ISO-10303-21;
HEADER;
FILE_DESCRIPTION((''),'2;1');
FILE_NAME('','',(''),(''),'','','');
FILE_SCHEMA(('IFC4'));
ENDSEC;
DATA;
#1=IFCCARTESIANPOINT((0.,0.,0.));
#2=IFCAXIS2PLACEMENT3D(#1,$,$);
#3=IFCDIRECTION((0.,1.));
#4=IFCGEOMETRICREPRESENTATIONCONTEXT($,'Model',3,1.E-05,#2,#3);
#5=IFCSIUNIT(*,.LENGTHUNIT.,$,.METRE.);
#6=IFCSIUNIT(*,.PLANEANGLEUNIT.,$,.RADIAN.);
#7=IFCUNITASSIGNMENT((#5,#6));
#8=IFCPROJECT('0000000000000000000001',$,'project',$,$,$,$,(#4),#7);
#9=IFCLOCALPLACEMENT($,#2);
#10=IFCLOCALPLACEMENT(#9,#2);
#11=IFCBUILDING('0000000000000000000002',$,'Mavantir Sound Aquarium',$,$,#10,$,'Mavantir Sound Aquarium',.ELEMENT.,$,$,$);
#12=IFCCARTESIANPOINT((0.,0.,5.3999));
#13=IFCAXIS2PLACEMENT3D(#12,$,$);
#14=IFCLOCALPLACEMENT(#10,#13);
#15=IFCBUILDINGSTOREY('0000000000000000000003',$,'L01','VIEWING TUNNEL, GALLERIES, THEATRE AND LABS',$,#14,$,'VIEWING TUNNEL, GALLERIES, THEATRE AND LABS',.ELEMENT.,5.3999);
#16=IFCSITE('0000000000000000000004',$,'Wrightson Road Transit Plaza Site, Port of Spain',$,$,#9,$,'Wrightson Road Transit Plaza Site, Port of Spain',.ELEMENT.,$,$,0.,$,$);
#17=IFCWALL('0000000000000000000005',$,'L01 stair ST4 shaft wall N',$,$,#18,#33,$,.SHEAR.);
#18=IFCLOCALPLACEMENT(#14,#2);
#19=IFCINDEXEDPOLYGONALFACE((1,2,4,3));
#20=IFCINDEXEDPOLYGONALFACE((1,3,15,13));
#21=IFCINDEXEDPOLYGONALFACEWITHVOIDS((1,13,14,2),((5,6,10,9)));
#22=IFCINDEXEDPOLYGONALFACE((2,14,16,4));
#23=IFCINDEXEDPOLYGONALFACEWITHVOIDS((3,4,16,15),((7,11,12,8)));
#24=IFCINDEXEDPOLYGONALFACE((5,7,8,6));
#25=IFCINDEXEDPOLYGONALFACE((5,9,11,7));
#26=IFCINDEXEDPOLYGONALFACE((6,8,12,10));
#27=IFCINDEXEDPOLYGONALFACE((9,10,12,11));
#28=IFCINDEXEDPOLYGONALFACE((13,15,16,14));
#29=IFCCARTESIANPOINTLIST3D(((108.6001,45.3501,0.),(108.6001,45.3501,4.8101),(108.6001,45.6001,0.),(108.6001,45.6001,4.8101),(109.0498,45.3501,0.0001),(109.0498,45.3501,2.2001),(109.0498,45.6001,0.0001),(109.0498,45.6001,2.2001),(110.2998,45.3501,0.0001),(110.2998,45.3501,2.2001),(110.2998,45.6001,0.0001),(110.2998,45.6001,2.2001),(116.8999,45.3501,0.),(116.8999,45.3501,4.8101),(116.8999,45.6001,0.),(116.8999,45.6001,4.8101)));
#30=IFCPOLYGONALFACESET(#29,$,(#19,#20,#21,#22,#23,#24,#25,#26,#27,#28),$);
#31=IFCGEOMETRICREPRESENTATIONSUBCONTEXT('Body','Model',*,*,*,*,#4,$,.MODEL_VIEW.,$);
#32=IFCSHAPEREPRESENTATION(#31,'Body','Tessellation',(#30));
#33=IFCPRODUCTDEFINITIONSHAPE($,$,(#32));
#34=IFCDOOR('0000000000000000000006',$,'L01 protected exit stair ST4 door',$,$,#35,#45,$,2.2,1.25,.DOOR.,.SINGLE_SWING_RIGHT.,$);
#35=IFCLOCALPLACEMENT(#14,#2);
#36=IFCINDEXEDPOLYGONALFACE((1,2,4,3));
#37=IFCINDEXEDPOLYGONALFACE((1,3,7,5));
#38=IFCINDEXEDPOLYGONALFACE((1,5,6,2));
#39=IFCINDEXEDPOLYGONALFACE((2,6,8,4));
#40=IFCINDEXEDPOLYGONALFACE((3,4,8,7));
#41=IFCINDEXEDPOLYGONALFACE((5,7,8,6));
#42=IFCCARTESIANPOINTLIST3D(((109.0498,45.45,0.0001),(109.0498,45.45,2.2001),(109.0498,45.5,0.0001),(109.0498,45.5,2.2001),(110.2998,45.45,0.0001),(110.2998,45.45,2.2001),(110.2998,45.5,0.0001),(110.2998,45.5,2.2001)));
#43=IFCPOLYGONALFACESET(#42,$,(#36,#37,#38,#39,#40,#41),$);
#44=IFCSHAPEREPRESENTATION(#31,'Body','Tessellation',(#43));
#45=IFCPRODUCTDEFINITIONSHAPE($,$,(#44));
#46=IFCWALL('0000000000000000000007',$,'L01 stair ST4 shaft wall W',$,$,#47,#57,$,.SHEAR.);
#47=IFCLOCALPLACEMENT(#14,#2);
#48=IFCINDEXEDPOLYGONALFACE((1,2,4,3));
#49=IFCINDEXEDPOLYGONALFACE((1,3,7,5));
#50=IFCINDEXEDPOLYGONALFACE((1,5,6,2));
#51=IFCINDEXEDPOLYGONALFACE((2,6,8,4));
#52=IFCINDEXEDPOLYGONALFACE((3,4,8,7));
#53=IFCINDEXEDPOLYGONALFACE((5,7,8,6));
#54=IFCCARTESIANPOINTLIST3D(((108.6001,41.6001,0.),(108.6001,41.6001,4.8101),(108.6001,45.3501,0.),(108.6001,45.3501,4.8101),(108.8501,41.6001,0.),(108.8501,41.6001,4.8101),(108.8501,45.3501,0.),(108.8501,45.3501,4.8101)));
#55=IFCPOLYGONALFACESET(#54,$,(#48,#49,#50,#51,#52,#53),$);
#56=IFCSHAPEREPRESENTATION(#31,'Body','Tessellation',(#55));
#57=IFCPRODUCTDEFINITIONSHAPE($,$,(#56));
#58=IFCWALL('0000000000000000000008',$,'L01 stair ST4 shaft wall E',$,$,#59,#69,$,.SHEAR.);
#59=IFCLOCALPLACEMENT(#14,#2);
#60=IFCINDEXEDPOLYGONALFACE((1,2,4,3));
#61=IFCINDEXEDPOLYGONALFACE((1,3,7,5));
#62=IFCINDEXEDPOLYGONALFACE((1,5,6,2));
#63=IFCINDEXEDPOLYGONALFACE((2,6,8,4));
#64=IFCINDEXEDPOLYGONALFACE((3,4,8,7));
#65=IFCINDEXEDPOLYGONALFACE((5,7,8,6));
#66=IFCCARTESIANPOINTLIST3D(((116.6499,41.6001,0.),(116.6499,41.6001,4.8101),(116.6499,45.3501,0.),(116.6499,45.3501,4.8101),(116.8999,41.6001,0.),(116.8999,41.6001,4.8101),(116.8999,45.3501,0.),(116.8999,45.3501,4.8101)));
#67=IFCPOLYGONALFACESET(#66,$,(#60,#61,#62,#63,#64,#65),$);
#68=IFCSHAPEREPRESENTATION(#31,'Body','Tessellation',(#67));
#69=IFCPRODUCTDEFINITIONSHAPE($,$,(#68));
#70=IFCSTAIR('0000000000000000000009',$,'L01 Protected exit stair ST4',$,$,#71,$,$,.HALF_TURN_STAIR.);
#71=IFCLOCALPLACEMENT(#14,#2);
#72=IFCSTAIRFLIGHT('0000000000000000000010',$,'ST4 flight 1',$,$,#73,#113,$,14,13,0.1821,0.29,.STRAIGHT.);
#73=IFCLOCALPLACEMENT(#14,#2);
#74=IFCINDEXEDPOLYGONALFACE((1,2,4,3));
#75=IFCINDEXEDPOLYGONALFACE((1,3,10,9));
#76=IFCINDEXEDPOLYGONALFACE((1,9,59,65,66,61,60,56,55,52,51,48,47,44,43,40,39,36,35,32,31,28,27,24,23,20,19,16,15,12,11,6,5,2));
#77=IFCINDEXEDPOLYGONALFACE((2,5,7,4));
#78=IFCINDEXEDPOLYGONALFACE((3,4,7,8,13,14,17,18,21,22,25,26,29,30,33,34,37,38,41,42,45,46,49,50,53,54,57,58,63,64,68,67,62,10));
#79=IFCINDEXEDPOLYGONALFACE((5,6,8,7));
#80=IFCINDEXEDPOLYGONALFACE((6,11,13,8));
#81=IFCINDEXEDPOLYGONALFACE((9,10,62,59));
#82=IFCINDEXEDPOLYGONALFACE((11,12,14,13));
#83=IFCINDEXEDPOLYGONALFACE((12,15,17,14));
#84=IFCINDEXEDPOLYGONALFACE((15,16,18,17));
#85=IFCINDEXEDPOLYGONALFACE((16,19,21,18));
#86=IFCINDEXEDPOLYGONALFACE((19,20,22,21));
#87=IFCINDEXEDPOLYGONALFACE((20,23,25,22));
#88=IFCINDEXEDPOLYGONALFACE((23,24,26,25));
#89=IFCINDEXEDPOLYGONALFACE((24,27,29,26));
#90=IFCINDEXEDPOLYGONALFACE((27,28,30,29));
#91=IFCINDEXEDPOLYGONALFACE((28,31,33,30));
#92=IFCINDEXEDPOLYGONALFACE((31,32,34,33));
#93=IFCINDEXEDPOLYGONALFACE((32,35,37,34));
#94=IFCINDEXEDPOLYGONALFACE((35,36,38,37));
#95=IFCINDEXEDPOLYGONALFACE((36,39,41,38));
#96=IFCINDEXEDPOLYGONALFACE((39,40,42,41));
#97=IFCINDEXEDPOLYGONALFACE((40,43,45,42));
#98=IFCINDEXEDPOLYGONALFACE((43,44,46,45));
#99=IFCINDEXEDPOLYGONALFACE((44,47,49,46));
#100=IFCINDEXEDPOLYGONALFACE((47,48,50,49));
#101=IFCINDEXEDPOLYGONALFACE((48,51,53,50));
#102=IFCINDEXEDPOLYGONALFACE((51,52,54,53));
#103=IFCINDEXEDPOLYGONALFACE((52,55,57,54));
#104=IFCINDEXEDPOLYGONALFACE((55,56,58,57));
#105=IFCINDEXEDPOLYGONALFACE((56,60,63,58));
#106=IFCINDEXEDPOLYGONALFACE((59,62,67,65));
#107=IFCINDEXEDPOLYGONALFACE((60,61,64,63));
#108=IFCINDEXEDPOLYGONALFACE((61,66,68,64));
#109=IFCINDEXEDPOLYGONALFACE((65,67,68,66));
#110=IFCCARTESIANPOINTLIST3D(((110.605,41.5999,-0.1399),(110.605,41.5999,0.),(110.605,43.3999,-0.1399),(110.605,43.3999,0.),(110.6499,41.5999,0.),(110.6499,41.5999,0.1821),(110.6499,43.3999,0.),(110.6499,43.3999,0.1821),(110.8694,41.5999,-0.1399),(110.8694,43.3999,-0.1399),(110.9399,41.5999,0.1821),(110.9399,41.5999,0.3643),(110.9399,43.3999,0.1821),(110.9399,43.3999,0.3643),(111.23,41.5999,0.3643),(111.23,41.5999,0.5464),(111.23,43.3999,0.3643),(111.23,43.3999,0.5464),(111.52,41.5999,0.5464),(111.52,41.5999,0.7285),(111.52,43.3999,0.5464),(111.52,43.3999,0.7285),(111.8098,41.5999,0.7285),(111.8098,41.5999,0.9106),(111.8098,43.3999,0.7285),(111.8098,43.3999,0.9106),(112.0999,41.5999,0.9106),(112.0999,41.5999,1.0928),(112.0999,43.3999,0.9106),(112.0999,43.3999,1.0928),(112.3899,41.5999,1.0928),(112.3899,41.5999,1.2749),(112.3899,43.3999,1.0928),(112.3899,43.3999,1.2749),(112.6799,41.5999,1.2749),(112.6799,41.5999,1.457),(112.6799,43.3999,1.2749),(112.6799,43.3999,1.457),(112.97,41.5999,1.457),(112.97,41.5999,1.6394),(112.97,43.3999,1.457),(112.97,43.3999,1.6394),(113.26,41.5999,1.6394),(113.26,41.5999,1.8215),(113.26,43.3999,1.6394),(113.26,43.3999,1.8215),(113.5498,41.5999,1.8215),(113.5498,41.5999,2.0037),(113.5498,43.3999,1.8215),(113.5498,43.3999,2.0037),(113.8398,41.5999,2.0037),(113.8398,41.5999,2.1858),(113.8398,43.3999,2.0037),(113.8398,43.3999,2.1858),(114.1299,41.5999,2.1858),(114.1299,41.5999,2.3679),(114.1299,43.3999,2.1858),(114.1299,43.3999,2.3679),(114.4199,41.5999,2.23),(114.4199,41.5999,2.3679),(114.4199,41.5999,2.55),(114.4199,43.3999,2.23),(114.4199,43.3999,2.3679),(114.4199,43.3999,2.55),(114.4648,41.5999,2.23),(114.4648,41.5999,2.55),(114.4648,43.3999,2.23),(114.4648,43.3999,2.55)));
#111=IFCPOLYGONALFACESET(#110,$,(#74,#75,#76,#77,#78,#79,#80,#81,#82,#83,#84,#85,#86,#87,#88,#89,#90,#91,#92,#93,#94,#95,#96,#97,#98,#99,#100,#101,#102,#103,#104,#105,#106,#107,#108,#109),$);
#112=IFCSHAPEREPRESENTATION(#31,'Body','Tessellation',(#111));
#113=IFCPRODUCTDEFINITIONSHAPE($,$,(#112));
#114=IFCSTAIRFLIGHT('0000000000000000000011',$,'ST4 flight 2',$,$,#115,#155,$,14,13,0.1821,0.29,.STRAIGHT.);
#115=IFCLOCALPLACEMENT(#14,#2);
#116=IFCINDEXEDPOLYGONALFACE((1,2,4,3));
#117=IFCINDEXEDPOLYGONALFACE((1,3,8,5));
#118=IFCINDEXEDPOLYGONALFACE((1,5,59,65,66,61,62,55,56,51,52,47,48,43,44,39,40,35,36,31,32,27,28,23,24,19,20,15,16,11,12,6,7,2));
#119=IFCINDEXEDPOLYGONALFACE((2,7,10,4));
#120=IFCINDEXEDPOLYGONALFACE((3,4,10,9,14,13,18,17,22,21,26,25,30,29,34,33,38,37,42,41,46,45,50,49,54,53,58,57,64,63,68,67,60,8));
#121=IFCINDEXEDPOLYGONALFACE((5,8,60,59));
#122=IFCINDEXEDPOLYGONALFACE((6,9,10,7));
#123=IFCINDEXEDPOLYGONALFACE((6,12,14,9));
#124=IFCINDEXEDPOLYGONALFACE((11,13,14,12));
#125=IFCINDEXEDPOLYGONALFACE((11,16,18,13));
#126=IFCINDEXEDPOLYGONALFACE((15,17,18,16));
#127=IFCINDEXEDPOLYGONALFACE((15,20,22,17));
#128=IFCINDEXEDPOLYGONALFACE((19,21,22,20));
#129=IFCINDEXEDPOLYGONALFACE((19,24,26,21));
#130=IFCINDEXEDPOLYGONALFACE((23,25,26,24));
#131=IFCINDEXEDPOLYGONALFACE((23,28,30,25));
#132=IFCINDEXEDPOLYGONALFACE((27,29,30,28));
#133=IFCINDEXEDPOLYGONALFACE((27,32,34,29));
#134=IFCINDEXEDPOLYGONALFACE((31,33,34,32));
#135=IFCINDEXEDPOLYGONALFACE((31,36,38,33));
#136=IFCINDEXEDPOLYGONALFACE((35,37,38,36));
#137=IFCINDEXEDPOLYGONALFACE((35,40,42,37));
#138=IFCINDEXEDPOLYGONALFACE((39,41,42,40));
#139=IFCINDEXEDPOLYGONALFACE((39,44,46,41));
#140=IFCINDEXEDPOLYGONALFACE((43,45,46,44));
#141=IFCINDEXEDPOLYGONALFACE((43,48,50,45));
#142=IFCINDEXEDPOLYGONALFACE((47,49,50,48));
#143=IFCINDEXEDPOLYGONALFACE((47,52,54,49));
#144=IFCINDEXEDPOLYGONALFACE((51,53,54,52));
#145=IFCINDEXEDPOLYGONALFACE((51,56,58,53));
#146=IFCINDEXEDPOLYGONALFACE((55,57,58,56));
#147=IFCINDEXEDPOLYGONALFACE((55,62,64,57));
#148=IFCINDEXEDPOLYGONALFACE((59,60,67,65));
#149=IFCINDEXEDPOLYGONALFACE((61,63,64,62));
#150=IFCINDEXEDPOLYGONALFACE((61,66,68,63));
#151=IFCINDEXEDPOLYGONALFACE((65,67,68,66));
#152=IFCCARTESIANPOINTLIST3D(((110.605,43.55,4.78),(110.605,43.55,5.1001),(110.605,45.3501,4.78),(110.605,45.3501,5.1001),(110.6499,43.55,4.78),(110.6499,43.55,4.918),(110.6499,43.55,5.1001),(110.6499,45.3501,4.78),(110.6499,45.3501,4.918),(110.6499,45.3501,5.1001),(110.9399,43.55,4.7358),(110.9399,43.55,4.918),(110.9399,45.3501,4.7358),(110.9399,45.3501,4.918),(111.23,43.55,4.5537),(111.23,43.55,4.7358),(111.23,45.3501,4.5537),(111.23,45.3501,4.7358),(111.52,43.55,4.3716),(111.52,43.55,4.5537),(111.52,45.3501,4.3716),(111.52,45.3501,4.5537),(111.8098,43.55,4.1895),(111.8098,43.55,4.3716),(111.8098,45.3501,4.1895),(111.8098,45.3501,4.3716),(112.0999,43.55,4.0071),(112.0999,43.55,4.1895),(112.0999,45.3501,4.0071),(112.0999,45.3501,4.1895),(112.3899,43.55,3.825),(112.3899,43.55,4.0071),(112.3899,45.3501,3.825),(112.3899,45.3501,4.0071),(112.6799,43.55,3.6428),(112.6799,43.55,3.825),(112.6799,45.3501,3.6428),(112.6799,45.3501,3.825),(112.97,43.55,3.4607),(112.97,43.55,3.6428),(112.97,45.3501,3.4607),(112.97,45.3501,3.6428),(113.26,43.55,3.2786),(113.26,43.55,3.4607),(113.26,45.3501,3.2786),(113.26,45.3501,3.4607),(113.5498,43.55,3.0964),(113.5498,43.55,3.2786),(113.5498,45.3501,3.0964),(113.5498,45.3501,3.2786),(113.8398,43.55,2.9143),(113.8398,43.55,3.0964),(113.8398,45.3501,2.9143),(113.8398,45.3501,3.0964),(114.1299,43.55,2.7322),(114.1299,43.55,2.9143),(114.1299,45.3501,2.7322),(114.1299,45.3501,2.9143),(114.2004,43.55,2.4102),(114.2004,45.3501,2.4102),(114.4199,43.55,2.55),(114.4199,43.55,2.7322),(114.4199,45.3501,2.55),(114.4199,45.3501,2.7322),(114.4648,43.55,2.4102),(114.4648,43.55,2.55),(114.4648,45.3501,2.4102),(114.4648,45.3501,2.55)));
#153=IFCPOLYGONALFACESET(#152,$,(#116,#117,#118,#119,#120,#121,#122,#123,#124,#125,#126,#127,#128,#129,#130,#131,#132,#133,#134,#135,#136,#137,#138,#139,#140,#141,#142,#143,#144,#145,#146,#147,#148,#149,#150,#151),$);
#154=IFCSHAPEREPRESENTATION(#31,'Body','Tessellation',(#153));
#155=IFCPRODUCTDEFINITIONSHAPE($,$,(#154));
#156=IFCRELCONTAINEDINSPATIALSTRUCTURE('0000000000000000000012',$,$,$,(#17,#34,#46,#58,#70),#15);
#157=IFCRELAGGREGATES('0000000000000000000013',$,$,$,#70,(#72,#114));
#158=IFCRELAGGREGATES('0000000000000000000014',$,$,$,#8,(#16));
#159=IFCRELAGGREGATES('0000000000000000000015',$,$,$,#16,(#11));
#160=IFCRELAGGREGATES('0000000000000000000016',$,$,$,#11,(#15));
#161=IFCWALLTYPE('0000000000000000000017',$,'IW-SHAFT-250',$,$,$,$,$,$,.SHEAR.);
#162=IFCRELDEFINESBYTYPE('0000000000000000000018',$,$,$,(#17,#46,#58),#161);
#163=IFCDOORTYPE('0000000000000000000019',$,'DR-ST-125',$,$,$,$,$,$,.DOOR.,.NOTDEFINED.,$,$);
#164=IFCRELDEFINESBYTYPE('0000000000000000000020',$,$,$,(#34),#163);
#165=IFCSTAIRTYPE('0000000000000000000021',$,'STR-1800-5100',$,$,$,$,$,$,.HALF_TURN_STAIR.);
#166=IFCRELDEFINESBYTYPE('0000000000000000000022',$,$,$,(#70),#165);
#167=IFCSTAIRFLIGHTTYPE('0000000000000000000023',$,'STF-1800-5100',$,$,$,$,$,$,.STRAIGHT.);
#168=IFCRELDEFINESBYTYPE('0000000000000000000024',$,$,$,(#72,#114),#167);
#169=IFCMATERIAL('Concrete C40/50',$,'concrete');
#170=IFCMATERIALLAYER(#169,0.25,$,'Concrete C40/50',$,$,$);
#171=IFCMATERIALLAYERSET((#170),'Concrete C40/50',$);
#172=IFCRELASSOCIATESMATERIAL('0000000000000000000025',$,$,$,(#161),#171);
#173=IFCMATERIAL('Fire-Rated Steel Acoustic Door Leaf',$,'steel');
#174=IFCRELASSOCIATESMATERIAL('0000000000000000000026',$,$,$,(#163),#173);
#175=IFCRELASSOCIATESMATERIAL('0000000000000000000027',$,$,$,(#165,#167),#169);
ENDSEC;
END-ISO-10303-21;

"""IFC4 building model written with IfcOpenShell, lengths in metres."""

from ifc_helpers import new_model, si_unit, direction, frame, frame_2d, origin, place, context, subcontext, project, spatial, polyline, rectangle, outline, extrude, material, layer, layer_set, type_object, element, fill, aggregate, save


model = new_model("IFC4")

# Units and contexts
model_context = context("Model", 3, precision=1e-05, world=origin(), true_north=direction((0.0, 1.0)))
body_context = subcontext(model_context, "Body", "Model", "MODEL_VIEW")
ifc_project = project(units=[si_unit("LENGTHUNIT", "METRE"), si_unit("PLANEANGLEUNIT", "RADIAN")], contexts=[model_context])

# Site, building, storey
site_placement = place(None, origin())
site = spatial("IfcSite", under=ifc_project, at=site_placement, Name="Wrightson Road Transit Plaza Site, Port of Spain", LongName="Wrightson Road Transit Plaza Site, Port of Spain", CompositionType="ELEMENT", RefElevation=0.0)
building_placement = place(site_placement, origin())
building = spatial("IfcBuilding", under=site, at=building_placement, Name="Mavantir Sound Aquarium", LongName="Mavantir Sound Aquarium", CompositionType="ELEMENT")
storey_placement = place(building_placement, frame((0.0, 0.0, 5.3999)))
storey = spatial("IfcBuildingStorey", under=building, at=storey_placement, Name="L01", Description="VIEWING TUNNEL, GALLERIES, THEATRE AND LABS", LongName="VIEWING TUNNEL, GALLERIES, THEATRE AND LABS", CompositionType="ELEMENT", Elevation=5.3999)

# Shared definitions
ifc_material_1 = material(Name="Concrete C40/50", Category="concrete")

# Shared definitions
ifc_layer_1 = layer(ifc_material_1, 0.25, Name="Concrete C40/50")
ifc_layer_set_1 = layer_set([ifc_layer_1], Name="Concrete C40/50")
wall_type = type_object("IfcWallType", Name="IW-SHAFT-250", PredefinedType="SHEAR", material=ifc_layer_set_1)

# Wall, opening, door
wall_1_placement = place(storey_placement, frame((116.8999, 45.4751, 0.0), z_axis=(0.0, 0.0, 1.0), x_axis=(-1.0, 0.0, 0.0)))
wall_1 = element("IfcWall", 1, at=wall_1_placement, inside=storey, type_object=wall_type, Name="L01 stair ST4 shaft wall N", PredefinedType="SHEAR", context=body_context, shape_type="SweptSolid", body=[
    extrude(rectangle(XDim=8.2998, YDim=0.25, at=frame_2d((4.1499, 0.0))), origin(), (0.0, 0.0, 1.0), 4.8101),
])
opening_placement = place(wall_1_placement, frame((7.8501, 0.0, 0.0), z_axis=(0.0, 0.0, 1.0), x_axis=(-1.0, 0.0, 0.0)))
opening = element("IfcOpeningElement", 2, at=opening_placement, cuts=wall_1, PredefinedType="OPENING", context=body_context, shape_type="SweptSolid", body=[
    extrude(rectangle(XDim=1.25, YDim=2.2, at=frame_2d((0.625, 1.1001))), frame((0.0, 0.135, 0.0), z_axis=(0.0, -1.0, 0.0), x_axis=(1.0, 0.0, 0.0)), (0.0, 0.0, 1.0), 0.27),
])
ifc_material_2 = material(Name="Fire-Rated Steel Acoustic Door Leaf", Category="steel")
door_type = type_object("IfcDoorType", Name="DR-ST-125", OperationType="NOTDEFINED", PredefinedType="DOOR", material=ifc_material_2)
door_placement = place(opening_placement, origin())
door = element("IfcDoor", 3, at=door_placement, inside=storey, type_object=door_type, Name="L01 protected exit stair ST4 door", OperationType="SINGLE_SWING_RIGHT", OverallHeight=2.2, OverallWidth=1.25, PredefinedType="DOOR", context=body_context, shape_type="SweptSolid", body=[
    extrude(rectangle(XDim=1.25, YDim=2.2, at=frame_2d((0.625, 1.1001))), frame((0.0, 0.0249, 0.0), z_axis=(0.0, -1.0, 0.0), x_axis=(1.0, 0.0, 0.0)), (0.0, 0.0, 1.0), 0.05),
])
fill(opening, door)

# Walls
for number, where, z_axis, x_axis, name in (
    (4, (108.7251, 45.3501, 0.0), (0.0, 0.0, 1.0), (0.0, -1.0, 0.0), "L01 stair ST4 shaft wall W"),
    (5, (116.7749, 41.6001, 0.0), (0.0, 0.0, 1.0), (0.0, 1.0, 0.0), "L01 stair ST4 shaft wall E"),
):
    element("IfcWall", number, at=place(storey_placement, frame(where, z_axis=z_axis, x_axis=x_axis)), inside=storey, type_object=wall_type, Name=name, PredefinedType="SHEAR", context=body_context, shape_type="SweptSolid", body=[
        extrude(rectangle(XDim=3.75, YDim=0.25, at=frame_2d((1.875, 0.0))), origin(), (0.0, 0.0, 1.0), 4.8101),
    ])

# Stair, stair flights
stair_type = type_object("IfcStairType", Name="STR-1800-5100", PredefinedType="HALF_TURN_STAIR", material=ifc_material_1)
stair_placement = place(storey_placement, origin())
stair = element("IfcStair", 6, at=stair_placement, inside=storey, type_object=stair_type, Name="L01 Protected exit stair ST4", PredefinedType="HALF_TURN_STAIR")
stair_flight_type = type_object("IfcStairFlightType", Name="STF-1800-5100", PredefinedType="STRAIGHT", material=ifc_material_1)
stair_flight_1_placement = place(storey_placement, frame((110.6499, 42.5, 0.0), z_axis=(0.0, 0.0, 1.0), x_axis=(1.0, 0.0, 0.0)))
stair_flight_1 = element("IfcStairFlight", 7, at=stair_flight_1_placement, type_object=stair_flight_type, Name="ST4 flight 1", NumberOfRisers=14, NumberOfTreads=13, PredefinedType="STRAIGHT", RiserHeight=0.1821, TreadLength=0.29, context=body_context, shape_type="SweptSolid", body=[
    extrude(outline(polyline([(-0.0449, -0.1399), (-0.0449, 0.0), (0.0, 0.0), (0.0, 0.1821), (0.29, 0.1821), (0.29, 0.3643), (0.5801, 0.3643), (0.5801, 0.5464), (0.8701, 0.5464), (0.8701, 0.7285), (1.1599, 0.7285), (1.1599, 0.9106), (1.45, 0.9106), (1.45, 1.0928), (1.74, 1.0928), (1.74, 1.2749), (2.03, 1.2749), (2.03, 1.457), (2.3201, 1.457), (2.3201, 1.6394), (2.6101, 1.6394), (2.6101, 1.8215), (2.8999, 1.8215), (2.8999, 2.0037), (3.1899, 2.0037), (3.1899, 2.1858), (3.48, 2.1858), (3.48, 2.3679), (3.77, 2.3679), (3.77, 2.55), (3.8149, 2.55), (3.8149, 2.23), (3.77, 2.23), (0.2195, -0.1399), (-0.0449, -0.1399)])), frame((0.0, 0.8999, 0.0), z_axis=(0.0, -1.0, 0.0), x_axis=(1.0, 0.0, 0.0)), (0.0, 0.0, 1.0), 1.8),
])
stair_flight_2_placement = place(storey_placement, frame((114.4199, 44.45, 2.55), z_axis=(0.0, 0.0, 1.0), x_axis=(-1.0, 0.0, 0.0)))
stair_flight_2 = element("IfcStairFlight", 8, at=stair_flight_2_placement, type_object=stair_flight_type, Name="ST4 flight 2", NumberOfRisers=14, NumberOfTreads=13, PredefinedType="STRAIGHT", RiserHeight=0.1821, TreadLength=0.29, context=body_context, shape_type="SweptSolid", body=[
    extrude(outline(polyline([(-0.0449, -0.1399), (-0.0449, 0.0), (0.0, 0.0), (0.0, 0.1821), (0.29, 0.1821), (0.29, 0.3643), (0.5801, 0.3643), (0.5801, 0.5464), (0.8701, 0.5464), (0.8701, 0.7285), (1.1599, 0.7285), (1.1599, 0.9106), (1.45, 0.9106), (1.45, 1.0928), (1.74, 1.0928), (1.74, 1.2749), (2.03, 1.2749), (2.03, 1.457), (2.3201, 1.457), (2.3201, 1.6394), (2.6101, 1.6394), (2.6101, 1.8215), (2.8999, 1.8215), (2.8999, 2.0037), (3.1899, 2.0037), (3.1899, 2.1858), (3.48, 2.1858), (3.48, 2.3679), (3.77, 2.3679), (3.77, 2.55), (3.8149, 2.55), (3.8149, 2.23), (3.77, 2.23), (0.2195, -0.1399), (-0.0449, -0.1399)])), frame((0.0, 0.8999, 0.0), z_axis=(0.0, -1.0, 0.0), x_axis=(1.0, 0.0, 0.0)), (0.0, 0.0, 1.0), 1.8),
])
aggregate(stair, [stair_flight_1, stair_flight_2])

save(model, "model.ifc")
